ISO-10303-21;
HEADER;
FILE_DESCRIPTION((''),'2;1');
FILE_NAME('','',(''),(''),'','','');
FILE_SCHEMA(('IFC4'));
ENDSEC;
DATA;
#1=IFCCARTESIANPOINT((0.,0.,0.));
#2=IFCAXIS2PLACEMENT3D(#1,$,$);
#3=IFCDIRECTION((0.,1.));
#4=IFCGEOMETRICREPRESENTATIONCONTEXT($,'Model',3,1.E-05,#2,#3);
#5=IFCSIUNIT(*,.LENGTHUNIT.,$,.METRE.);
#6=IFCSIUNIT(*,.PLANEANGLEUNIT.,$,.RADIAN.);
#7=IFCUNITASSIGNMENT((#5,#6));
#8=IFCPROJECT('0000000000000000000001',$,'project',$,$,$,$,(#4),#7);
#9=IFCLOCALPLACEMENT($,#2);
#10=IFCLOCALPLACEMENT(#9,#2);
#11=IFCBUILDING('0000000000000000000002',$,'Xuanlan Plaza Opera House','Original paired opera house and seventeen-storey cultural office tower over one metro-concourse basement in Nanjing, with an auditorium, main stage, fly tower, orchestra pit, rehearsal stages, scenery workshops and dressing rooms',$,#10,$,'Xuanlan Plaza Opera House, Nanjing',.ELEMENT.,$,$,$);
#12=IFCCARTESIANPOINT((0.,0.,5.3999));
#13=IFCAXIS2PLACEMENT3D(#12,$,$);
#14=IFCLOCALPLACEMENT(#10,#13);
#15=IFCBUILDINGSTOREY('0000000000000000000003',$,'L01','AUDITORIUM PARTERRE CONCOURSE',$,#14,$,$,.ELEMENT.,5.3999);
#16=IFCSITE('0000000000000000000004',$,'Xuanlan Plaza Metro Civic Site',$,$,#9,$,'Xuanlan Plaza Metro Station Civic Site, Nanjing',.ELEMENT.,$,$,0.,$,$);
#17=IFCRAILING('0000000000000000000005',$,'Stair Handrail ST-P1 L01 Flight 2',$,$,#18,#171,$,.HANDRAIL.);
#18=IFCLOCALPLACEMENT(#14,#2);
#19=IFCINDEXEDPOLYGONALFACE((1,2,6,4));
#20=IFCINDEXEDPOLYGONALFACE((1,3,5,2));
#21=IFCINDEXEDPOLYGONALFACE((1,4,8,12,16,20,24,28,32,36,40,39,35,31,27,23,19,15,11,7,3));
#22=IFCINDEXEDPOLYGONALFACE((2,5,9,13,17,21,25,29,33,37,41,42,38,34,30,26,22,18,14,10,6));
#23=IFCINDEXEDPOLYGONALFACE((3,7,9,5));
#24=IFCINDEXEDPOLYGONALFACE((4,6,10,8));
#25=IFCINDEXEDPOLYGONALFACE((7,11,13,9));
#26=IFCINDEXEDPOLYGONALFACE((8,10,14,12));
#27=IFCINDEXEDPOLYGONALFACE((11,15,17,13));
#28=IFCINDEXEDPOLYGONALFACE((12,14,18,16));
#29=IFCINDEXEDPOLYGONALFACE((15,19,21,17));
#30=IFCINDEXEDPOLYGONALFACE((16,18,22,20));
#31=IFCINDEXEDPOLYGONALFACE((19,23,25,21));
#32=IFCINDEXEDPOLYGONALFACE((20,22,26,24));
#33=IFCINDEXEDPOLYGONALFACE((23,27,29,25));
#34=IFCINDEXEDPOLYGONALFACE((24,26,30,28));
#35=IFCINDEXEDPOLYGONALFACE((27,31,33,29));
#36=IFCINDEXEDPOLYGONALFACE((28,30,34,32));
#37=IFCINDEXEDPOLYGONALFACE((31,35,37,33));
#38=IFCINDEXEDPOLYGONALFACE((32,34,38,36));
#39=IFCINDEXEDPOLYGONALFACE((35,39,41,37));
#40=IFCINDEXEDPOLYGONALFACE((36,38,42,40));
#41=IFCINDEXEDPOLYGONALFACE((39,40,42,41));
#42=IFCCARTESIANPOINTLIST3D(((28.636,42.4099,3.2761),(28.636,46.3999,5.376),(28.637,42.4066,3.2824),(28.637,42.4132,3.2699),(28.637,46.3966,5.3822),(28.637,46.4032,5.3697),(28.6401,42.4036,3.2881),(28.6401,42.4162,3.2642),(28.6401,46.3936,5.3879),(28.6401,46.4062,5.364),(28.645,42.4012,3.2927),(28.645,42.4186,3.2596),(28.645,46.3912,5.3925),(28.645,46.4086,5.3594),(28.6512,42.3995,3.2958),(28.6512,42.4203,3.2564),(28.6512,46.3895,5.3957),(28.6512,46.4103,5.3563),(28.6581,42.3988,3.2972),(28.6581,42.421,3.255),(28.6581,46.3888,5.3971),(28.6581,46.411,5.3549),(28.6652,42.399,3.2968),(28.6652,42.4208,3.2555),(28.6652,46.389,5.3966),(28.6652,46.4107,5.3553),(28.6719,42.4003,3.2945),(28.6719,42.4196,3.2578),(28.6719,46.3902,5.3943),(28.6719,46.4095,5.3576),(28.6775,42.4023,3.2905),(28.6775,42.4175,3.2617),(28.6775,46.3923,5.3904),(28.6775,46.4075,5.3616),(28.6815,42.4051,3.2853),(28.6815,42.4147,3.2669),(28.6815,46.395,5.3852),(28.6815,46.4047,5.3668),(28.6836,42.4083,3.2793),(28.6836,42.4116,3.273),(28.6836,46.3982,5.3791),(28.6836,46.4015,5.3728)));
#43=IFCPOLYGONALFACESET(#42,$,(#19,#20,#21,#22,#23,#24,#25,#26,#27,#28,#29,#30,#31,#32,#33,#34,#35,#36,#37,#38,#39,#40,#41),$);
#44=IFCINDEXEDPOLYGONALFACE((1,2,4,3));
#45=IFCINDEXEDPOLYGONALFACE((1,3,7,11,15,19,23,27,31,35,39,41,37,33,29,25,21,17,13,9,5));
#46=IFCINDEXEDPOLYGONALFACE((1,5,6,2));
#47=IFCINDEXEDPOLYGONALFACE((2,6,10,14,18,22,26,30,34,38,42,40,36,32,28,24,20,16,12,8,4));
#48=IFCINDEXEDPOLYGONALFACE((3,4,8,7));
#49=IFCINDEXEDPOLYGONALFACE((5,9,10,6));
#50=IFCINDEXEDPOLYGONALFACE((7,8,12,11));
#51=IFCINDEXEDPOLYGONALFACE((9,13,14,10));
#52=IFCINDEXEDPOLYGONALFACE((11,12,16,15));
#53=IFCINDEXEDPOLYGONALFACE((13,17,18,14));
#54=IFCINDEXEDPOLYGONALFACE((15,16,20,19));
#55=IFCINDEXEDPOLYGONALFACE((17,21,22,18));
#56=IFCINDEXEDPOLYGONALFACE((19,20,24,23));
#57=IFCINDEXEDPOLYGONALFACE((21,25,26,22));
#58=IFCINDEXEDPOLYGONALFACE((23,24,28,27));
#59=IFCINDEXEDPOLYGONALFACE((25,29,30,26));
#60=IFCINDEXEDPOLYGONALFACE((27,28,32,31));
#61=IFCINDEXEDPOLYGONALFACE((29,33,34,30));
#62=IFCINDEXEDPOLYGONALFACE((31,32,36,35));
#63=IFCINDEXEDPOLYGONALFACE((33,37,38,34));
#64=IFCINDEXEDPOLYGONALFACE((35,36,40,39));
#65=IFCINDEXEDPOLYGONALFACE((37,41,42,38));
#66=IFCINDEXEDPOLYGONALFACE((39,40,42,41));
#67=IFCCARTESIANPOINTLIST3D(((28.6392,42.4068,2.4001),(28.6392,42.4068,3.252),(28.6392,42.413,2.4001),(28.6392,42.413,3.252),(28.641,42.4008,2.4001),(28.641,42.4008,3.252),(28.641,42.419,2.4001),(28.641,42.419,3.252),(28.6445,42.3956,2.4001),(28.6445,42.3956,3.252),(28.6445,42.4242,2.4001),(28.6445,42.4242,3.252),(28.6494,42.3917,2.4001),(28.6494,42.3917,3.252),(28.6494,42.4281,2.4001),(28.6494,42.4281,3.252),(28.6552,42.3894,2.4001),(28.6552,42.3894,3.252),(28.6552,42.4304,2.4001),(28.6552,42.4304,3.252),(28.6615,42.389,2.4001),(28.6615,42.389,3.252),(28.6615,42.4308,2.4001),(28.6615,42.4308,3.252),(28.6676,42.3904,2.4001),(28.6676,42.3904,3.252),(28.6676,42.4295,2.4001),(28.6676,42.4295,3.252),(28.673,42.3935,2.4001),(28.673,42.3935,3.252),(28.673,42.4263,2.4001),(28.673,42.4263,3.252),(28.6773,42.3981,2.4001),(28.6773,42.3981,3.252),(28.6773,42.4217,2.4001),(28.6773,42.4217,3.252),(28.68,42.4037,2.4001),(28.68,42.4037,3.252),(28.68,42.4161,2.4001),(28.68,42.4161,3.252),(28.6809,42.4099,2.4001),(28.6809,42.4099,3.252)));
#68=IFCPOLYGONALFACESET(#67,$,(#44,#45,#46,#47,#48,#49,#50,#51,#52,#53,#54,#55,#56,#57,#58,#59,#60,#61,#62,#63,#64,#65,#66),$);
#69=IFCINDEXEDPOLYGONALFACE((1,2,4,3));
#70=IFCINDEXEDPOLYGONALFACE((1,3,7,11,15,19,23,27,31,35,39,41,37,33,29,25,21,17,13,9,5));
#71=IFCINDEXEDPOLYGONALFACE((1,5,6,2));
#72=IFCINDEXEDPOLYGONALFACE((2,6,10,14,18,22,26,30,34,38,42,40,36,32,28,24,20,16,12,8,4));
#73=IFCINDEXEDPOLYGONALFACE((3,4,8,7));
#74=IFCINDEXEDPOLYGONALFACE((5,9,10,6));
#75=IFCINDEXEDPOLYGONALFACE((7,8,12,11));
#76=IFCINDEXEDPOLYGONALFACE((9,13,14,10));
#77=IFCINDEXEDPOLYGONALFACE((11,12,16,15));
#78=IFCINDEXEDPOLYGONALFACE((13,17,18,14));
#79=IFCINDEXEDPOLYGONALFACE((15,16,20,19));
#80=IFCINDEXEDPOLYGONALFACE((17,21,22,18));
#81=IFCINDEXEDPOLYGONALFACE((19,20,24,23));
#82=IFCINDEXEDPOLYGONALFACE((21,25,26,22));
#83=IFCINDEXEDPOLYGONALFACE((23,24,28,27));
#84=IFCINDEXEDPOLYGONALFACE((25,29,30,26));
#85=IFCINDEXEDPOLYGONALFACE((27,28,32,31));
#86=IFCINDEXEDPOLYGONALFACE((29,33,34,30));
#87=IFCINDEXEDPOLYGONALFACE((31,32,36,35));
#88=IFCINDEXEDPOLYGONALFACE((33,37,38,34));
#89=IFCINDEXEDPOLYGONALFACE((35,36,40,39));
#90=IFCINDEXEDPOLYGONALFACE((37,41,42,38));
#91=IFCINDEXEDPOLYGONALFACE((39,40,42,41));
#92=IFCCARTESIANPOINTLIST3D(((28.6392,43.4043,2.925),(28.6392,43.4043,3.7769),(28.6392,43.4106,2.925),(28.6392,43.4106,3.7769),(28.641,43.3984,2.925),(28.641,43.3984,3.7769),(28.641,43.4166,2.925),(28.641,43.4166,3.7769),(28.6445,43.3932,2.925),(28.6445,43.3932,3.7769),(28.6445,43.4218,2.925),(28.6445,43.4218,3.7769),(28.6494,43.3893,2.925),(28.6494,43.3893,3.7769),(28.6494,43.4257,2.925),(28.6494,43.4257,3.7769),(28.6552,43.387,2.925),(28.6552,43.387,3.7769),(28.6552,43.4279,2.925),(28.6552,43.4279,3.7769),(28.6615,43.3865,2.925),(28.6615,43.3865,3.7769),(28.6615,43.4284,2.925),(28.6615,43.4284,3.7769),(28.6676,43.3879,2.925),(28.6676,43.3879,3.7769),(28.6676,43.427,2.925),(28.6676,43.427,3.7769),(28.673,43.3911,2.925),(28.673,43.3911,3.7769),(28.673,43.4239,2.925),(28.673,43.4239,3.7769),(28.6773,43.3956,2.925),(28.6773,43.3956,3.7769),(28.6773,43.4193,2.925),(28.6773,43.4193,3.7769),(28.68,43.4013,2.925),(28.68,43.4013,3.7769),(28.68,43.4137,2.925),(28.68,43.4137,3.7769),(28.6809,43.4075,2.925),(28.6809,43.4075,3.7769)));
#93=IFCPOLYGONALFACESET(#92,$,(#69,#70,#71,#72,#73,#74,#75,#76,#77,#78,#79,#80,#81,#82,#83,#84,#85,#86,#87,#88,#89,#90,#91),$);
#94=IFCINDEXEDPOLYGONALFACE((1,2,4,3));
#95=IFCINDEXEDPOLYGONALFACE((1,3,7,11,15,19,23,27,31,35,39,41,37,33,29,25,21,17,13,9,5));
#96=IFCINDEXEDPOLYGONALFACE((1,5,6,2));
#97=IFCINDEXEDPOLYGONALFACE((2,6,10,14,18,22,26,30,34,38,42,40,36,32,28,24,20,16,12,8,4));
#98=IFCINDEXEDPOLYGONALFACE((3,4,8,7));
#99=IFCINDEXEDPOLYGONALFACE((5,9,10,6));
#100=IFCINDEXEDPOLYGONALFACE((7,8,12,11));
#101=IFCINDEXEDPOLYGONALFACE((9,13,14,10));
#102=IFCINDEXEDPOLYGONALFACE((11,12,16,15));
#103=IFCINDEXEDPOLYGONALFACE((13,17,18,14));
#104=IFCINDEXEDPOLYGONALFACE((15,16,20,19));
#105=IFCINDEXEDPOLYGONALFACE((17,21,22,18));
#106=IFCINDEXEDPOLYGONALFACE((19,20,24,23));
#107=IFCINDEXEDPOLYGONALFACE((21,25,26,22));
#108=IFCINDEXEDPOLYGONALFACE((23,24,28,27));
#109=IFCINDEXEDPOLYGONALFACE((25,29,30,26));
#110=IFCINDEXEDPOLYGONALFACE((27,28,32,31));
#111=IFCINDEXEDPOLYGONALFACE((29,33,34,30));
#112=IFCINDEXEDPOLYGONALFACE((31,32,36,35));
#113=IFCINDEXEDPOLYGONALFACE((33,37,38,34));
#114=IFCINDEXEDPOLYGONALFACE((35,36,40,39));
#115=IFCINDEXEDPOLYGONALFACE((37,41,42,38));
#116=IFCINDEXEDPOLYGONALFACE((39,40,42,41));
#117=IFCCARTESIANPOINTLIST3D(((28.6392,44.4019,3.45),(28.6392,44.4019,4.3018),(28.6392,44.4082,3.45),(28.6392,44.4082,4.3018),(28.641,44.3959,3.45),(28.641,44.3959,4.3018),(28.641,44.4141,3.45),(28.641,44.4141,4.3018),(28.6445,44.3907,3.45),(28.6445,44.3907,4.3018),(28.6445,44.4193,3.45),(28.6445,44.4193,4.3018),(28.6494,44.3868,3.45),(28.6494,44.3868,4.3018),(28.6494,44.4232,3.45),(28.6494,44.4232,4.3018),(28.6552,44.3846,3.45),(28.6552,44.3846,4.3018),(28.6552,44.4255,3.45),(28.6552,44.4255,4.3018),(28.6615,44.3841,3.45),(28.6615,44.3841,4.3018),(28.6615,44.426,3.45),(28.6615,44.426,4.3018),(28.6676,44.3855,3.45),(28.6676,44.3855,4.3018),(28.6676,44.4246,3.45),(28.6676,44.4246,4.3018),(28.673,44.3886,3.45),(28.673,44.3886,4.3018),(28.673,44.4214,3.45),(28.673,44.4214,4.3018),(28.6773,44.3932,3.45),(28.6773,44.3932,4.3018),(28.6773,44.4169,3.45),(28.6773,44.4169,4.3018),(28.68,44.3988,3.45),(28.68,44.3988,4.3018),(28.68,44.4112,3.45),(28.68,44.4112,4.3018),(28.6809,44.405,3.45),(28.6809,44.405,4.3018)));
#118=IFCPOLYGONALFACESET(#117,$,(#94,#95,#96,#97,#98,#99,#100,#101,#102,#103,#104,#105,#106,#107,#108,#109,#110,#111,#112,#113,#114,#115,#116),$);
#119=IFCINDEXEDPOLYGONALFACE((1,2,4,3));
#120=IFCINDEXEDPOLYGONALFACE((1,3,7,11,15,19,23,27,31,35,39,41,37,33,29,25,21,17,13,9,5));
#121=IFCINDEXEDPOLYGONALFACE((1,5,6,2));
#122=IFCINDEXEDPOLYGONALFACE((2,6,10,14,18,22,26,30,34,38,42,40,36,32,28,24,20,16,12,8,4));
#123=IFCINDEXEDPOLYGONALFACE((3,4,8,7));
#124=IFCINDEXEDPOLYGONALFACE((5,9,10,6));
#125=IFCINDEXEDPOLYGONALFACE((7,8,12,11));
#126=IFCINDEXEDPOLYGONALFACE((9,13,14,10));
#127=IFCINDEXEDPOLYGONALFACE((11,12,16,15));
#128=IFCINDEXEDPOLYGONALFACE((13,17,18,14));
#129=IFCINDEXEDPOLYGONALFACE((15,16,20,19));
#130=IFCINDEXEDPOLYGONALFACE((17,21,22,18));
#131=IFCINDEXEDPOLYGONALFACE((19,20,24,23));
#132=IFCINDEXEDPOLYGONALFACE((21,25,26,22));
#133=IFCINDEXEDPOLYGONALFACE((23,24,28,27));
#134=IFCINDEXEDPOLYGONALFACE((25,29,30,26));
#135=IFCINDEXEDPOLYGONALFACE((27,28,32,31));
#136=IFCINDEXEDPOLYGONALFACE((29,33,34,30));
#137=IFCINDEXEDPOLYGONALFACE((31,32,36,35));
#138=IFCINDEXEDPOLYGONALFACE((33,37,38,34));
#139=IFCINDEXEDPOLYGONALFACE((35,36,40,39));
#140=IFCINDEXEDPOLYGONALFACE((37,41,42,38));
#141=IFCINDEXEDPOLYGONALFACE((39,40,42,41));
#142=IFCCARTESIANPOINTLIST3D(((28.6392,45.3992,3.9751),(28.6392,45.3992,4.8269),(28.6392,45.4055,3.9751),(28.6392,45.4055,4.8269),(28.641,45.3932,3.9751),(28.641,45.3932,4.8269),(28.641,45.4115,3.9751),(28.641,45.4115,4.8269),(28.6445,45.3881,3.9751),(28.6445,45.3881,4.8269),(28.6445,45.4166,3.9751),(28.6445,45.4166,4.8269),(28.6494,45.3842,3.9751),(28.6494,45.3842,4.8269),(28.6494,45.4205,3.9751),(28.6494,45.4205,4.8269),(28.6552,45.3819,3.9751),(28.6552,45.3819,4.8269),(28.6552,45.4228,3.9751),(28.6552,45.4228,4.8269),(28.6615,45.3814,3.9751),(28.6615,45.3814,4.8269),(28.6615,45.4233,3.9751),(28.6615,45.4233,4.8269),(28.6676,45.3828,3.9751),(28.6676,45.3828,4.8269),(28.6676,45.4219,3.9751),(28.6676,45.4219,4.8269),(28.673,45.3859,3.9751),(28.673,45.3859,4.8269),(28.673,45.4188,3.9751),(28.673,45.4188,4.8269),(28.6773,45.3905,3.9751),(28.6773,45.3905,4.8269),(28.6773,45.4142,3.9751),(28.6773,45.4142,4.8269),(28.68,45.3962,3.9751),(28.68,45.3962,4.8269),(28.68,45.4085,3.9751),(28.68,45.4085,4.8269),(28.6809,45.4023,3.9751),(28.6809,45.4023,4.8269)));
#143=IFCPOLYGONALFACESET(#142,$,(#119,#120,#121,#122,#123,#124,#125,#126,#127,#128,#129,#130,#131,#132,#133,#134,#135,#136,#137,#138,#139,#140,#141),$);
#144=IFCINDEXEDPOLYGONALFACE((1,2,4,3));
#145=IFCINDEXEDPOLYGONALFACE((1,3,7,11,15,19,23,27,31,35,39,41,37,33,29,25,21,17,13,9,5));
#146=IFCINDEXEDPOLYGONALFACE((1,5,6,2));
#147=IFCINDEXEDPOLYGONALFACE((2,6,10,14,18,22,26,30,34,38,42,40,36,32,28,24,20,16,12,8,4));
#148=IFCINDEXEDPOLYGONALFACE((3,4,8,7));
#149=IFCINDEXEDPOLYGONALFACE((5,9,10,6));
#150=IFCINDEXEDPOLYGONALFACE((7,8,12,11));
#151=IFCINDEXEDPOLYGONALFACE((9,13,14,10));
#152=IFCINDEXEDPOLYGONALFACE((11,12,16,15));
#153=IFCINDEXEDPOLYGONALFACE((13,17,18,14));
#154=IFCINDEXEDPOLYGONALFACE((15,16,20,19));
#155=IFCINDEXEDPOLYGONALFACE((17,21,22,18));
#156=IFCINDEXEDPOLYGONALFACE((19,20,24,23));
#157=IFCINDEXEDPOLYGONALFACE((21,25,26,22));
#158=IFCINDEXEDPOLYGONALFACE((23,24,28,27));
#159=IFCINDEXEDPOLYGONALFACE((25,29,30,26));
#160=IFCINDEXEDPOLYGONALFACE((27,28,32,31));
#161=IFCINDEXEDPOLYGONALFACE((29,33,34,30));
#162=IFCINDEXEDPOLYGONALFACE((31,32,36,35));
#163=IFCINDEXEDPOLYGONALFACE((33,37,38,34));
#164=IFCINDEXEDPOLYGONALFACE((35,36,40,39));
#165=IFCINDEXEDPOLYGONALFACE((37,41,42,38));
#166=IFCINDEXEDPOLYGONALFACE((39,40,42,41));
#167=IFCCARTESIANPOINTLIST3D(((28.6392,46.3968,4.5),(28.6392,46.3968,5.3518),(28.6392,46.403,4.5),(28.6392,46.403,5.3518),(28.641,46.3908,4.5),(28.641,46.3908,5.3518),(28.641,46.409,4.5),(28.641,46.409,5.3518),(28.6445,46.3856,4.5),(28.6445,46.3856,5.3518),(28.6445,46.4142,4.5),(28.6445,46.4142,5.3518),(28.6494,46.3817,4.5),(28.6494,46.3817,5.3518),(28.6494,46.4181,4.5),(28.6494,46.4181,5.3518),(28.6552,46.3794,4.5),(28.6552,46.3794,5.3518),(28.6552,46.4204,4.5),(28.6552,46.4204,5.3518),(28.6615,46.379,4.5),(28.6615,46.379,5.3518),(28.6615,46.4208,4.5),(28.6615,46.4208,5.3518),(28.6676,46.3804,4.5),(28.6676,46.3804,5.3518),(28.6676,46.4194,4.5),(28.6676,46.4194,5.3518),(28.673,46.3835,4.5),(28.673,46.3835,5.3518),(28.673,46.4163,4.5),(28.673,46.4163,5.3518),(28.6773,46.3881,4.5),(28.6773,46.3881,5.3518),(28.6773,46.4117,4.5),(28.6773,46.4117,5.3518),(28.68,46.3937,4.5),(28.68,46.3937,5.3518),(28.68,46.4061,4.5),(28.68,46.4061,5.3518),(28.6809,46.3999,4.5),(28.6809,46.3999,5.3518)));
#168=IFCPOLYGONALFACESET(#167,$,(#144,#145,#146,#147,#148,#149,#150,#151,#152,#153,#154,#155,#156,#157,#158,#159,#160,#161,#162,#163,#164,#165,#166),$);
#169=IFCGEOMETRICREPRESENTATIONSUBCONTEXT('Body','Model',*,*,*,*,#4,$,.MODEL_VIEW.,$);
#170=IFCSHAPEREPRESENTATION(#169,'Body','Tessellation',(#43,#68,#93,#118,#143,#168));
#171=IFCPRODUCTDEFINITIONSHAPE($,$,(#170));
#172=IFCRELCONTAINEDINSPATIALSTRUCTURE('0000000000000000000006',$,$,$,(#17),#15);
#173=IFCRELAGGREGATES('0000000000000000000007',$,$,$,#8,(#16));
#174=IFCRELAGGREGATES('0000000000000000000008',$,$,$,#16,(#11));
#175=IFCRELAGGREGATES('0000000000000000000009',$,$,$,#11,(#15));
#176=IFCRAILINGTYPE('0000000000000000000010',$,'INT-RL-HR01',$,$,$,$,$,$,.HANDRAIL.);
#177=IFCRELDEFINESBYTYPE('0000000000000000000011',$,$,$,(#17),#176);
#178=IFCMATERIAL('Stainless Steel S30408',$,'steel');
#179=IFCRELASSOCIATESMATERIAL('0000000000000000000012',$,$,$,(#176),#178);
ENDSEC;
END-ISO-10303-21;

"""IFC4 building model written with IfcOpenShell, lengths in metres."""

from ifc_helpers import new_model, si_unit, direction, frame, origin, origin_2d, place, context, subcontext, project, spatial, circle, extrude, material, type_object, element, save


model = new_model("IFC4")

# Units and contexts
model_context = context("Model", 3, precision=1e-05, world=origin(), true_north=direction((0.0, 1.0)))
body_context = subcontext(model_context, "Body", "Model", "MODEL_VIEW")
ifc_project = project(units=[si_unit("LENGTHUNIT", "METRE"), si_unit("PLANEANGLEUNIT", "RADIAN")], contexts=[model_context])

# Site, building, storey
site_placement = place(None, origin())
site = spatial("IfcSite", under=ifc_project, at=site_placement, Name="Xuanlan Plaza Metro Civic Site", LongName="Xuanlan Plaza Metro Station Civic Site, Nanjing", CompositionType="ELEMENT", RefElevation=0.0)
building_placement = place(site_placement, origin())
building = spatial("IfcBuilding", under=site, at=building_placement, Name="Xuanlan Plaza Opera House", Description="Original paired opera house and seventeen-storey cultural office tower over one metro-concourse basement in Nanjing, with an auditorium, main stage, fly tower, orchestra pit, rehearsal stages, scenery workshops and dressing rooms", LongName="Xuanlan Plaza Opera House, Nanjing", CompositionType="ELEMENT")
storey_placement = place(building_placement, frame((0.0, 0.0, 5.3999)))
storey = spatial("IfcBuildingStorey", under=building, at=storey_placement, Name="L01", Description="AUDITORIUM PARTERRE CONCOURSE", CompositionType="ELEMENT", Elevation=5.3999)

# Railing
ifc_material_1 = material(Name="Stainless Steel S30408", Category="steel")
railing_type = type_object("IfcRailingType", Name="INT-RL-HR01", PredefinedType="HANDRAIL", material=ifc_material_1)
railing_placement = place(storey_placement, frame((28.6599, 42.4099, 2.4001)))
element("IfcRailing", 1, at=railing_placement, inside=storey, type_object=railing_type, Name="Stair Handrail ST-P1 L01 Flight 2", PredefinedType="HANDRAIL", context=body_context, shape_type="SweptSolid", body=[
    extrude(circle(Radius=0.0239, at=origin_2d()), frame((0.0, 0.0, 0.876), z_axis=(0.0, 0.884931, 0.465722), x_axis=(-1.0, 0.0, 0.0)), (0.0, 0.0, 1.0), 4.5088),
    extrude(circle(Radius=0.021, at=origin_2d()), origin(), (0.0, 0.0, 1.0), 0.8518),
    extrude(circle(Radius=0.021, at=origin_2d()), frame((0.0, 0.9976, 0.5249)), (0.0, 0.0, 1.0), 0.8518),
    extrude(circle(Radius=0.021, at=origin_2d()), frame((0.0, 1.9951, 1.0498)), (0.0, 0.0, 1.0), 0.8518),
    extrude(circle(Radius=0.021, at=origin_2d()), frame((0.0, 2.9924, 1.575)), (0.0, 0.0, 1.0), 0.8518),
    extrude(circle(Radius=0.021, at=origin_2d()), frame((0.0, 3.99, 2.0999)), (0.0, 0.0, 1.0), 0.8518),
])

save(model, "model.ifc")
